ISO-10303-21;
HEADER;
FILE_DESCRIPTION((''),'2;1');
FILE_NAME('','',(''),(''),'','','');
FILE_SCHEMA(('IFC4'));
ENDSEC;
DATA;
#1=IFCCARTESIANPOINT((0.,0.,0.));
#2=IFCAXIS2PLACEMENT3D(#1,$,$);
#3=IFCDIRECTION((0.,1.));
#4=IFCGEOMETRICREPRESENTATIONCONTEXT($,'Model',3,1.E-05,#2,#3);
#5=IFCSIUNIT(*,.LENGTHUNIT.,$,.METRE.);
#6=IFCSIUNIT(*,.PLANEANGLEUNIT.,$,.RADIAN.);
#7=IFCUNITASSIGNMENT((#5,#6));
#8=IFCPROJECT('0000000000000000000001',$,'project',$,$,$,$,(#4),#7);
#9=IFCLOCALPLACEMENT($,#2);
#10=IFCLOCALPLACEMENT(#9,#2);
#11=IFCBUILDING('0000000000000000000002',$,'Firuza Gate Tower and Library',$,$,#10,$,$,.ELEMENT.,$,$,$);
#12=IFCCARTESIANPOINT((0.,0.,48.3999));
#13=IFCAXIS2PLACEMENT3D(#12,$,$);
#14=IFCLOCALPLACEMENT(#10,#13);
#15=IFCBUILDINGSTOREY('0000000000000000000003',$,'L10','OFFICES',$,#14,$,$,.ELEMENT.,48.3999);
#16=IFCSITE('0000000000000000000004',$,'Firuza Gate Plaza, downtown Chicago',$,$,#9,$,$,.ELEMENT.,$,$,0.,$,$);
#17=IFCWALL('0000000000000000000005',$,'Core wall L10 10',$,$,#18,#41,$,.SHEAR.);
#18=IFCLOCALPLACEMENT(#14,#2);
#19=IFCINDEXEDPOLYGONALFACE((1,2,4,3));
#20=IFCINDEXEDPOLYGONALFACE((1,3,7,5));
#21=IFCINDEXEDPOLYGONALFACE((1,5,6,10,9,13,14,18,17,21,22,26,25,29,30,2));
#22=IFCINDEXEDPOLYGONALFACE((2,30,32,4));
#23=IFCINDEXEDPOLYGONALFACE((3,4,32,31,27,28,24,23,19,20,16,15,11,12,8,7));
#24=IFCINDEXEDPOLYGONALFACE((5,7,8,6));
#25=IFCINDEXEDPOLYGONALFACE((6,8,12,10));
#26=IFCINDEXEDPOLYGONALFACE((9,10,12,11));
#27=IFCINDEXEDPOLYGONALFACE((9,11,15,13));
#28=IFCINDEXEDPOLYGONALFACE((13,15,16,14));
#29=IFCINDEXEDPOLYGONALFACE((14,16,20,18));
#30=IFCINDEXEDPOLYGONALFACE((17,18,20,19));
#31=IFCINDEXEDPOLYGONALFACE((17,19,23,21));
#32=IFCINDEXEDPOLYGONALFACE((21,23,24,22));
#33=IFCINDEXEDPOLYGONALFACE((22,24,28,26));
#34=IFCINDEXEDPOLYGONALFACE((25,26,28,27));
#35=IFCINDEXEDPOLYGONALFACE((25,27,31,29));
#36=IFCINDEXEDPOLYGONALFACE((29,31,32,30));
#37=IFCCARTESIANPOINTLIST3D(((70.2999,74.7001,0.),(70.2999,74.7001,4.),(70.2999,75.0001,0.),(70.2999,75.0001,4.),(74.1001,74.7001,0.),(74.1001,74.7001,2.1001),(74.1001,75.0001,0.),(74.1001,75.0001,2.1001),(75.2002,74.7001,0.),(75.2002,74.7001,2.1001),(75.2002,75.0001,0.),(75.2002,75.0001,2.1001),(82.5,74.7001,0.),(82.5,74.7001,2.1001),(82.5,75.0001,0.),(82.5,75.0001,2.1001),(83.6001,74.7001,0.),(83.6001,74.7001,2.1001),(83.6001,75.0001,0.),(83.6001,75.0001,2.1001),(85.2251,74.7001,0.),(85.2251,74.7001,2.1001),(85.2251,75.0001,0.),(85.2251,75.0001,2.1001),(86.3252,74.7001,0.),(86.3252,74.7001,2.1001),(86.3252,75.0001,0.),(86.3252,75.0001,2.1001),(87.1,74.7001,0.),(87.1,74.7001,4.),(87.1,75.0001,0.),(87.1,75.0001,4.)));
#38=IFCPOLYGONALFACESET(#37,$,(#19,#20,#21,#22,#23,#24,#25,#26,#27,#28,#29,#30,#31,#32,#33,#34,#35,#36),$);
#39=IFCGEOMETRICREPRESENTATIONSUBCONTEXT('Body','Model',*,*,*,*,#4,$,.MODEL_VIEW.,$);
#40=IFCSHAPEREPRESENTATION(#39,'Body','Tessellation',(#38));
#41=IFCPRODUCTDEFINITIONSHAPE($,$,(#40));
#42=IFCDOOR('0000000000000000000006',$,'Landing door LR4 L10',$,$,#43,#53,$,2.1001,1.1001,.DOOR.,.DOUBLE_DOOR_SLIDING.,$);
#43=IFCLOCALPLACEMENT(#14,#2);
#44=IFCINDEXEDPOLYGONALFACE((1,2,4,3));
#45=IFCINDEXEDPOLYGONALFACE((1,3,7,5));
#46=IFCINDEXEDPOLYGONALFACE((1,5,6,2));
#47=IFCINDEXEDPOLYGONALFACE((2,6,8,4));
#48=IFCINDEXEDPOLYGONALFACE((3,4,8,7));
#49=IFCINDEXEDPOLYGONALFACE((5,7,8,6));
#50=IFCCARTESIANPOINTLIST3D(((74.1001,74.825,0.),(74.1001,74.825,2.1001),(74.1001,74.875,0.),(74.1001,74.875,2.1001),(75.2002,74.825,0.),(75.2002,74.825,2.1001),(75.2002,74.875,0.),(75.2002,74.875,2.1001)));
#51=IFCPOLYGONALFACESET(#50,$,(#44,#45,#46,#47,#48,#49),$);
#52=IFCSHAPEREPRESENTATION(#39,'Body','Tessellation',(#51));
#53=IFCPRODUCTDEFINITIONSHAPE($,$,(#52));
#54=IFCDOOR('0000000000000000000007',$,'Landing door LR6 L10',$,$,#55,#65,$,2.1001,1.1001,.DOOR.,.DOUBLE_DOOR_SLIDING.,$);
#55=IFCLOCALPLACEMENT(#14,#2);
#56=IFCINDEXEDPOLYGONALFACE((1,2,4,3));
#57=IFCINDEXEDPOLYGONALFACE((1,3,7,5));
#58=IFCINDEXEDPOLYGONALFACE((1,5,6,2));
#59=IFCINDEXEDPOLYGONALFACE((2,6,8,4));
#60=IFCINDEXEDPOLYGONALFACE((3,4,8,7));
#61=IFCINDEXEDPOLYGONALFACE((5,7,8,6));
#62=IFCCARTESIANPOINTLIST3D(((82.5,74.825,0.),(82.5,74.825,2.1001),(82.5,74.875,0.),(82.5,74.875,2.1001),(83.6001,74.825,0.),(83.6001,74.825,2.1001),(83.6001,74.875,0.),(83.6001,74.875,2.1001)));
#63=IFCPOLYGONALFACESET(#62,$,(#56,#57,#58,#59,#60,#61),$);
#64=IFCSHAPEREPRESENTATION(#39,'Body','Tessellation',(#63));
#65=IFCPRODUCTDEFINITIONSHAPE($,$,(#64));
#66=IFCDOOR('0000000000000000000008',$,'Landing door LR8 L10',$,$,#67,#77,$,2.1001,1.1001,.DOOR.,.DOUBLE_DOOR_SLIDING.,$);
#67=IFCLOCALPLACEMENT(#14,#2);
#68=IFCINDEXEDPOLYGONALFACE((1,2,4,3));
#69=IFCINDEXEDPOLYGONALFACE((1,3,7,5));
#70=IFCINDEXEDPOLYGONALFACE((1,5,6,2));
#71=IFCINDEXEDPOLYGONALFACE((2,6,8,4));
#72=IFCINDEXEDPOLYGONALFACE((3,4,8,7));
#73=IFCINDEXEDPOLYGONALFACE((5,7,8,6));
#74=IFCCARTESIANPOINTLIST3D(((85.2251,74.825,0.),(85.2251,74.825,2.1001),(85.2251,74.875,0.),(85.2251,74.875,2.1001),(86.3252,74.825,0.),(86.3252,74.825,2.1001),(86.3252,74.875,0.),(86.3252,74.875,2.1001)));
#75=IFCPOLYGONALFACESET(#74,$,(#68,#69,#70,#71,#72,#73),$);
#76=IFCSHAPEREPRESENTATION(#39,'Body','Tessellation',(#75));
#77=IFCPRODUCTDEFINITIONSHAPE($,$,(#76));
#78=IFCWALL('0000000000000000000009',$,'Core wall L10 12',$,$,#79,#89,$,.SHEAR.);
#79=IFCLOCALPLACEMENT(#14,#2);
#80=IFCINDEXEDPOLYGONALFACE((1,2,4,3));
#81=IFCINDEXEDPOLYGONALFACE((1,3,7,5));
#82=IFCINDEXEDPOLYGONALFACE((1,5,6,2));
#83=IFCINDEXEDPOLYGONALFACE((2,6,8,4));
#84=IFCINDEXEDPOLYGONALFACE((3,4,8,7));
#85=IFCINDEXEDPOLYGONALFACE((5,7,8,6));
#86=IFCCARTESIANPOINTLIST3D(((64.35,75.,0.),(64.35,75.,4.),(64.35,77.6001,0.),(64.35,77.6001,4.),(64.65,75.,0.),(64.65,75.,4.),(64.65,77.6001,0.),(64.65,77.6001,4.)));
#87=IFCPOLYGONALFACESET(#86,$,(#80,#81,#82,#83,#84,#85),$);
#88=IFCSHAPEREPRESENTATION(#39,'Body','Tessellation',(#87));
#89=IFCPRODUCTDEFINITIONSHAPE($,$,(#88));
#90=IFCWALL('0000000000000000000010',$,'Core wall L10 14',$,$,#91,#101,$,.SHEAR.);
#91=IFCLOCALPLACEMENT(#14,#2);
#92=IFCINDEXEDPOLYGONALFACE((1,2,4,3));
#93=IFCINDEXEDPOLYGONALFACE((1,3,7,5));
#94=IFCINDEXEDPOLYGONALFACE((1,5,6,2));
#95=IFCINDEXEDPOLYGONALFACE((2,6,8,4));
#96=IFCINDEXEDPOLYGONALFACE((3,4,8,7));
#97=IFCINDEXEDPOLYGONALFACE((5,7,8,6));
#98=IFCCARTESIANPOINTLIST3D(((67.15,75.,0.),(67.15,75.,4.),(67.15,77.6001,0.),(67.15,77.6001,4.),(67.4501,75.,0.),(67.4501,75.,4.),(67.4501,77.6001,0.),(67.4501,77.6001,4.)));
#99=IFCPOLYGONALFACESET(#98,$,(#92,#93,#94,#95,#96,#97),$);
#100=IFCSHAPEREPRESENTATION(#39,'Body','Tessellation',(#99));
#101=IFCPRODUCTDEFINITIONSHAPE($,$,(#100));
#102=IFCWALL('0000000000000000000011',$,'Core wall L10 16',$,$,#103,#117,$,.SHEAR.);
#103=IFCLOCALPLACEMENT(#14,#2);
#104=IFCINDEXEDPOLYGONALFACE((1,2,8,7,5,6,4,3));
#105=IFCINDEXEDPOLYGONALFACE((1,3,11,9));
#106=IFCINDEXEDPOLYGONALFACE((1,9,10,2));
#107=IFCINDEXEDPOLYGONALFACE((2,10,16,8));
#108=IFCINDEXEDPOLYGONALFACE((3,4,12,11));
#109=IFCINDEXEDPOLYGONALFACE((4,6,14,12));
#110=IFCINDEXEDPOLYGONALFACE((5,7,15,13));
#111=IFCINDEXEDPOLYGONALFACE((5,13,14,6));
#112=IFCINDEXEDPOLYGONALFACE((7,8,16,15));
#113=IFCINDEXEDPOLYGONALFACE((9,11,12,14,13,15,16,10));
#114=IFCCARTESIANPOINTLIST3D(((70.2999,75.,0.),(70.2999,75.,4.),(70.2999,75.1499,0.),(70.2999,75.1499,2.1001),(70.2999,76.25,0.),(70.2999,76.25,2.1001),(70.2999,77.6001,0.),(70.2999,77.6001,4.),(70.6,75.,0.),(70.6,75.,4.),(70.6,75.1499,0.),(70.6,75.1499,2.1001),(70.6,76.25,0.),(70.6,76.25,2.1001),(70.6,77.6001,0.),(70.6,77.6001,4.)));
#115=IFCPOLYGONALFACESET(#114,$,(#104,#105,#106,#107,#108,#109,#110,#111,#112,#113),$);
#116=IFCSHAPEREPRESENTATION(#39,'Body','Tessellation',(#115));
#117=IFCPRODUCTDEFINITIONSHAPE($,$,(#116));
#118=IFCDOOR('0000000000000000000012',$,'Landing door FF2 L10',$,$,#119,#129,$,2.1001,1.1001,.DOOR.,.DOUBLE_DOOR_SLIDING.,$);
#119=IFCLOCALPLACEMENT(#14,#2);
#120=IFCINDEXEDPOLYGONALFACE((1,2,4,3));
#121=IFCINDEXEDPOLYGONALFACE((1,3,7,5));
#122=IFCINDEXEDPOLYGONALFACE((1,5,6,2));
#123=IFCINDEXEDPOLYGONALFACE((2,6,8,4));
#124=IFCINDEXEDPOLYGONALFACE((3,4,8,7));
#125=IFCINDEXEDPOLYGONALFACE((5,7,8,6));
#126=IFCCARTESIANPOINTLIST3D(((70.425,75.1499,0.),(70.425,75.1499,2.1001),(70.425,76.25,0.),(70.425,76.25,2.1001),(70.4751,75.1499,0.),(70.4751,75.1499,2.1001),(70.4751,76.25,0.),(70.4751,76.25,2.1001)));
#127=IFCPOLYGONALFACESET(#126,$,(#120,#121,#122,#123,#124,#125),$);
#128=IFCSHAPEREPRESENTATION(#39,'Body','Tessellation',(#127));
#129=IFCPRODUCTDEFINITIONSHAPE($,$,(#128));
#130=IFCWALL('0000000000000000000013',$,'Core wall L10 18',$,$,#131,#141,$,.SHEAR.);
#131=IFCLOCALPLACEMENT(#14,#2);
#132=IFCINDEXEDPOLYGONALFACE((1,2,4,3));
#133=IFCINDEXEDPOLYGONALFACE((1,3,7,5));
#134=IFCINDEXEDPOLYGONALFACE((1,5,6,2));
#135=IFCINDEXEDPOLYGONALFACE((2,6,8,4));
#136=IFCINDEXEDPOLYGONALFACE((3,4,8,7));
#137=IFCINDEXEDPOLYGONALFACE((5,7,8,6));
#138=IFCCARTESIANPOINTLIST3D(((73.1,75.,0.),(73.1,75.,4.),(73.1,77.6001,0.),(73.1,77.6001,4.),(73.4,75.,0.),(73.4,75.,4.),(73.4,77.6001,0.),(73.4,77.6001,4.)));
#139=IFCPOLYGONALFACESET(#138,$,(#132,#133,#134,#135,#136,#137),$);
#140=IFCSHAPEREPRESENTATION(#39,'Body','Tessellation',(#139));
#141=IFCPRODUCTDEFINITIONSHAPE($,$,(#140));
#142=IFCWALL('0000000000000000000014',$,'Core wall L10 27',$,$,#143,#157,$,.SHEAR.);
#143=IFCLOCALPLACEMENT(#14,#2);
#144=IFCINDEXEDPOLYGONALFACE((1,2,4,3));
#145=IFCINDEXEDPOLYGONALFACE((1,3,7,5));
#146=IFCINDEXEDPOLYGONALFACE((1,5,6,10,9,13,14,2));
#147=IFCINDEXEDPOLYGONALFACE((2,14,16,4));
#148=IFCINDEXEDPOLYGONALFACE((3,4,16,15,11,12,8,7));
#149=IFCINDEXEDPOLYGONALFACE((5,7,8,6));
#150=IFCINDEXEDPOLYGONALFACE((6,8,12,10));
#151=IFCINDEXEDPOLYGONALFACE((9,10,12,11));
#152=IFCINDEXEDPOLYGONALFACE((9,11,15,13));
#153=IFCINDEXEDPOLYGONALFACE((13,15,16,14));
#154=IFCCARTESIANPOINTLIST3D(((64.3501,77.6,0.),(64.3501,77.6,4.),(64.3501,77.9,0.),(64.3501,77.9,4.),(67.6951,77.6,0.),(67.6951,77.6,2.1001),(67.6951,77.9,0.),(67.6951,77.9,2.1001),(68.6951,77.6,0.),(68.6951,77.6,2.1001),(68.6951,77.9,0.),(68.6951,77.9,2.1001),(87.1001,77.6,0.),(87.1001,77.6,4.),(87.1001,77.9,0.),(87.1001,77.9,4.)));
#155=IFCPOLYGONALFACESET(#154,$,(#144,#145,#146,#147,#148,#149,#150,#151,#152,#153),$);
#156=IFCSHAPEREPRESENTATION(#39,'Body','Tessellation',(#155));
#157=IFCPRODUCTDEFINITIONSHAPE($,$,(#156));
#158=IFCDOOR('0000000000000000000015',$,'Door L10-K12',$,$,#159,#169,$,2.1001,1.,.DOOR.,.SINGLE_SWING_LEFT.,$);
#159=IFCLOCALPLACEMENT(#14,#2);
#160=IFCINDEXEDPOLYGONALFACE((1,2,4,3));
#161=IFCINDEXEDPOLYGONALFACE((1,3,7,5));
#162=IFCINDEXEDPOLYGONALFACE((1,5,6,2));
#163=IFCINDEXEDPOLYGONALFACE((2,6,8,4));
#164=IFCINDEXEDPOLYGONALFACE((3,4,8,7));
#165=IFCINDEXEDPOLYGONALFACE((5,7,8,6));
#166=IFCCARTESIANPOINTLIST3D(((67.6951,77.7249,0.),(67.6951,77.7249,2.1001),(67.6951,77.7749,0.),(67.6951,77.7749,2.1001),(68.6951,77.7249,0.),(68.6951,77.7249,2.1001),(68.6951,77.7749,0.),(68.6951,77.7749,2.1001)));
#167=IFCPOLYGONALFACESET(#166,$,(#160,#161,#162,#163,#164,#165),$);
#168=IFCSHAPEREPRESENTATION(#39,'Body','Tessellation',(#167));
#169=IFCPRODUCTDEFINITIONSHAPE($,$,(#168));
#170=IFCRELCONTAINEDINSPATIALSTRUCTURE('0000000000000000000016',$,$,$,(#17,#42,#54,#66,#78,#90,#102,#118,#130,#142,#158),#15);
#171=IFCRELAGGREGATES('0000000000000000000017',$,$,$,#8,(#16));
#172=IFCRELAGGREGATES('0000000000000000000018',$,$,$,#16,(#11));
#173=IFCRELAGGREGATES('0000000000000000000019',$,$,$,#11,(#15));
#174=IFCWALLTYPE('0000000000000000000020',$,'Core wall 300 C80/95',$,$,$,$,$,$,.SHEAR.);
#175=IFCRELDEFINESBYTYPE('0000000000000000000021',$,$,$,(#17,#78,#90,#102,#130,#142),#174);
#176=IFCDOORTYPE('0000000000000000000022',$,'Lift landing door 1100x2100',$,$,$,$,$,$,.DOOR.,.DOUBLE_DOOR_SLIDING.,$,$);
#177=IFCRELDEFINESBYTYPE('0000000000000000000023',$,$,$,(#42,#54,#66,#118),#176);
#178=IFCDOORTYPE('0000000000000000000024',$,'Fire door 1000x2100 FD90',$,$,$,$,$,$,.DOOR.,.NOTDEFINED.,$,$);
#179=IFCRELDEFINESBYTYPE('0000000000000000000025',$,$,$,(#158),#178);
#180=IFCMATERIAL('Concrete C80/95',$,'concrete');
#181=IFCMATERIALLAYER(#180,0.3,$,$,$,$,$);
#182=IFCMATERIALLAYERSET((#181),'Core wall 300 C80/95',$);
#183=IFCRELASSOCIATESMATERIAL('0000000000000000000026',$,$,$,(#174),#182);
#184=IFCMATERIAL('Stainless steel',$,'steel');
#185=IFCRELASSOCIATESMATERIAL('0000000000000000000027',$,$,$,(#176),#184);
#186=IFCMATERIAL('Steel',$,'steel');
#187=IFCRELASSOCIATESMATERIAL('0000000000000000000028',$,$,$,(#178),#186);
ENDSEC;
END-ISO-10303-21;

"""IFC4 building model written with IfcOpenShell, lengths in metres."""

from ifc_helpers import new_model, si_unit, direction, frame, frame_2d, origin, place, context, subcontext, project, spatial, rectangle, extrude, material, layer, layer_set, type_object, element, fill, save


model = new_model("IFC4")

# Units and contexts
model_context = context("Model", 3, precision=1e-05, world=origin(), true_north=direction((0.0, 1.0)))
body_context = subcontext(model_context, "Body", "Model", "MODEL_VIEW")
ifc_project = project(units=[si_unit("LENGTHUNIT", "METRE"), si_unit("PLANEANGLEUNIT", "RADIAN")], contexts=[model_context])

# Site, building, storey
site_placement = place(None, origin())
site = spatial("IfcSite", under=ifc_project, at=site_placement, Name="Firuza Gate Plaza, downtown Chicago", CompositionType="ELEMENT", RefElevation=0.0)
building_placement = place(site_placement, origin())
building = spatial("IfcBuilding", under=site, at=building_placement, Name="Firuza Gate Tower and Library", CompositionType="ELEMENT")
storey_placement = place(building_placement, frame((0.0, 0.0, 48.3999)))
storey = spatial("IfcBuildingStorey", under=building, at=storey_placement, Name="L10", Description="OFFICES", CompositionType="ELEMENT", Elevation=48.3999)

# Shared definitions
ifc_material_1 = material(Name="Concrete C80/95", Category="concrete")
ifc_layer_1 = layer(ifc_material_1, 0.3)
ifc_layer_set_1 = layer_set([ifc_layer_1], Name="Core wall 300 C80/95")
wall_type_1 = type_object("IfcWallType", Name="Core wall 300 C80/95", PredefinedType="SHEAR", material=ifc_layer_set_1)

# Wall, openings, doors
wall_1_placement = place(storey_placement, frame((70.3, 74.8501, 0.0), z_axis=(0.0, 0.0, 1.0), x_axis=(1.0, 0.0, 0.0)))
wall_1 = element("IfcWall", 1, at=wall_1_placement, inside=storey, type_object=wall_type_1, Name="Core wall L10 10", PredefinedType="SHEAR", context=body_context, shape_type="SweptSolid", body=[
    extrude(rectangle(XDim=16.8, YDim=0.3, at=frame_2d((8.3999, 0.0))), origin(), (0.0, 0.0, 1.0), 4.0),
])
opening_1_placement = place(wall_1_placement, frame((3.8, 0.0, 0.0)))
opening_1 = element("IfcOpeningElement", 2, at=opening_1_placement, cuts=wall_1, PredefinedType="OPENING", context=body_context, shape_type="SweptSolid", body=[
    extrude(rectangle(XDim=1.1001, YDim=2.1001, at=frame_2d((0.55, 1.05))), frame((0.0, 0.1602, 0.0), z_axis=(0.0, -1.0, 0.0), x_axis=(1.0, 0.0, 0.0)), (0.0, 0.0, 1.0), 0.3201),
])
opening_2_placement = place(wall_1_placement, frame((12.2, 0.0, 0.0)))
opening_2 = element("IfcOpeningElement", 3, at=opening_2_placement, cuts=wall_1, PredefinedType="OPENING", context=body_context, shape_type="SweptSolid", body=[
    extrude(rectangle(XDim=1.1001, YDim=2.1001, at=frame_2d((0.55, 1.05))), frame((0.0, 0.1602, 0.0), z_axis=(0.0, -1.0, 0.0), x_axis=(1.0, 0.0, 0.0)), (0.0, 0.0, 1.0), 0.3201),
])
opening_3_placement = place(wall_1_placement, frame((14.925, 0.0, 0.0)))
opening_3 = element("IfcOpeningElement", 4, at=opening_3_placement, cuts=wall_1, PredefinedType="OPENING", context=body_context, shape_type="SweptSolid", body=[
    extrude(rectangle(XDim=1.1001, YDim=2.1001, at=frame_2d((0.55, 1.05))), frame((0.0, 0.1602, 0.0), z_axis=(0.0, -1.0, 0.0), x_axis=(1.0, 0.0, 0.0)), (0.0, 0.0, 1.0), 0.3201),
])
ifc_material_2 = material(Name="Stainless steel", Category="steel")
door_type_1 = type_object("IfcDoorType", Name="Lift landing door 1100x2100", OperationType="DOUBLE_DOOR_SLIDING", PredefinedType="DOOR", material=ifc_material_2)
door_1_placement = place(opening_1_placement, origin())
door_1 = element("IfcDoor", 5, at=door_1_placement, inside=storey, type_object=door_type_1, Name="Landing door LR4 L10", OperationType="DOUBLE_DOOR_SLIDING", OverallHeight=2.1001, OverallWidth=1.1001, PredefinedType="DOOR", context=body_context, shape_type="SweptSolid", body=[
    extrude(rectangle(XDim=1.1001, YDim=2.1001, at=frame_2d((0.55, 1.05))), frame((0.0, 0.0249, 0.0), z_axis=(0.0, -1.0, 0.0), x_axis=(1.0, 0.0, 0.0)), (0.0, 0.0, 1.0), 0.05),
])
fill(opening_1, door_1)
door_2_placement = place(opening_2_placement, origin())
door_2 = element("IfcDoor", 6, at=door_2_placement, inside=storey, type_object=door_type_1, Name="Landing door LR6 L10", OperationType="DOUBLE_DOOR_SLIDING", OverallHeight=2.1001, OverallWidth=1.1001, PredefinedType="DOOR", context=body_context, shape_type="SweptSolid", body=[
    extrude(rectangle(XDim=1.1001, YDim=2.1001, at=frame_2d((0.55, 1.05))), frame((0.0, 0.0249, 0.0), z_axis=(0.0, -1.0, 0.0), x_axis=(1.0, 0.0, 0.0)), (0.0, 0.0, 1.0), 0.05),
])
fill(opening_2, door_2)
door_3_placement = place(opening_3_placement, origin())
door_3 = element("IfcDoor", 7, at=door_3_placement, inside=storey, type_object=door_type_1, Name="Landing door LR8 L10", OperationType="DOUBLE_DOOR_SLIDING", OverallHeight=2.1001, OverallWidth=1.1001, PredefinedType="DOOR", context=body_context, shape_type="SweptSolid", body=[
    extrude(rectangle(XDim=1.1001, YDim=2.1001, at=frame_2d((0.55, 1.05))), frame((0.0, 0.0249, 0.0), z_axis=(0.0, -1.0, 0.0), x_axis=(1.0, 0.0, 0.0)), (0.0, 0.0, 1.0), 0.05),
])
fill(opening_3, door_3)

# Walls
for number, where, z_axis, x_axis, name in (
    (8, (64.5, 75.0, 0.0), (0.0, 0.0, 1.0), (0.0, 1.0, 0.0), "Core wall L10 12"),
    (9, (67.3, 75.0, 0.0), (0.0, 0.0, 1.0), (0.0, 1.0, 0.0), "Core wall L10 14"),
):
    element("IfcWall", number, at=place(storey_placement, frame(where, z_axis=z_axis, x_axis=x_axis)), inside=storey, type_object=wall_type_1, Name=name, PredefinedType="SHEAR", context=body_context, shape_type="SweptSolid", body=[
        extrude(rectangle(XDim=2.6001, YDim=0.3, at=frame_2d((1.3, 0.0))), origin(), (0.0, 0.0, 1.0), 4.0),
    ])

# Wall, opening, door
wall_2_placement = place(storey_placement, frame((70.45, 75.0, 0.0), z_axis=(0.0, 0.0, 1.0), x_axis=(0.0, 1.0, 0.0)))
wall_2 = element("IfcWall", 10, at=wall_2_placement, inside=storey, type_object=wall_type_1, Name="Core wall L10 16", PredefinedType="SHEAR", context=body_context, shape_type="SweptSolid", body=[
    extrude(rectangle(XDim=2.6001, YDim=0.3, at=frame_2d((1.3, 0.0))), origin(), (0.0, 0.0, 1.0), 4.0),
])
opening_4_placement = place(wall_2_placement, frame((0.1499, 0.0, 0.0)))
opening_4 = element("IfcOpeningElement", 11, at=opening_4_placement, cuts=wall_2, PredefinedType="OPENING", context=body_context, shape_type="SweptSolid", body=[
    extrude(rectangle(XDim=1.1001, YDim=2.1001, at=frame_2d((0.55, 1.05))), frame((0.0, 0.1602, 0.0), z_axis=(0.0, -1.0, 0.0), x_axis=(1.0, 0.0, 0.0)), (0.0, 0.0, 1.0), 0.3201),
])
door_4_placement = place(opening_4_placement, origin())
door_4 = element("IfcDoor", 12, at=door_4_placement, inside=storey, type_object=door_type_1, Name="Landing door FF2 L10", OperationType="DOUBLE_DOOR_SLIDING", OverallHeight=2.1001, OverallWidth=1.1001, PredefinedType="DOOR", context=body_context, shape_type="SweptSolid", body=[
    extrude(rectangle(XDim=1.1001, YDim=2.1001, at=frame_2d((0.55, 1.05))), frame((0.0, 0.0249, 0.0), z_axis=(0.0, -1.0, 0.0), x_axis=(1.0, 0.0, 0.0)), (0.0, 0.0, 1.0), 0.05),
])
fill(opening_4, door_4)

# Wall
wall_3_placement = place(storey_placement, frame((73.25, 75.0, 0.0), z_axis=(0.0, 0.0, 1.0), x_axis=(0.0, 1.0, 0.0)))
element("IfcWall", 13, at=wall_3_placement, inside=storey, type_object=wall_type_1, Name="Core wall L10 18", PredefinedType="SHEAR", context=body_context, shape_type="SweptSolid", body=[
    extrude(rectangle(XDim=2.6001, YDim=0.3, at=frame_2d((1.3, 0.0))), origin(), (0.0, 0.0, 1.0), 4.0),
])

# Wall, opening, door
wall_4_placement = place(storey_placement, frame((64.3501, 77.75, 0.0), z_axis=(0.0, 0.0, 1.0), x_axis=(1.0, 0.0, 0.0)))
wall_4 = element("IfcWall", 14, at=wall_4_placement, inside=storey, type_object=wall_type_1, Name="Core wall L10 27", PredefinedType="SHEAR", context=body_context, shape_type="SweptSolid", body=[
    extrude(rectangle(XDim=22.75, YDim=0.3, at=frame_2d((11.375, 0.0))), origin(), (0.0, 0.0, 1.0), 4.0),
])
opening_5_placement = place(wall_4_placement, frame((3.345, 0.0, 0.0)))
opening_5 = element("IfcOpeningElement", 15, at=opening_5_placement, cuts=wall_4, PredefinedType="OPENING", context=body_context, shape_type="SweptSolid", body=[
    extrude(rectangle(XDim=1.0, YDim=2.1001, at=frame_2d((0.5, 1.05))), frame((0.0, 0.1602, 0.0), z_axis=(0.0, -1.0, 0.0), x_axis=(1.0, 0.0, 0.0)), (0.0, 0.0, 1.0), 0.3201),
])
ifc_material_3 = material(Name="Steel", Category="steel")
door_type_2 = type_object("IfcDoorType", Name="Fire door 1000x2100 FD90", OperationType="NOTDEFINED", PredefinedType="DOOR", material=ifc_material_3)
door_5_placement = place(opening_5_placement, origin())
door_5 = element("IfcDoor", 16, at=door_5_placement, inside=storey, type_object=door_type_2, Name="Door L10-K12", OperationType="SINGLE_SWING_LEFT", OverallHeight=2.1001, OverallWidth=1.0, PredefinedType="DOOR", context=body_context, shape_type="SweptSolid", body=[
    extrude(rectangle(XDim=1.0, YDim=2.1001, at=frame_2d((0.5, 1.05))), frame((0.0, 0.0249, 0.0), z_axis=(0.0, -1.0, 0.0), x_axis=(1.0, 0.0, 0.0)), (0.0, 0.0, 1.0), 0.05),
])
fill(opening_5, door_5)

save(model, "model.ifc")
